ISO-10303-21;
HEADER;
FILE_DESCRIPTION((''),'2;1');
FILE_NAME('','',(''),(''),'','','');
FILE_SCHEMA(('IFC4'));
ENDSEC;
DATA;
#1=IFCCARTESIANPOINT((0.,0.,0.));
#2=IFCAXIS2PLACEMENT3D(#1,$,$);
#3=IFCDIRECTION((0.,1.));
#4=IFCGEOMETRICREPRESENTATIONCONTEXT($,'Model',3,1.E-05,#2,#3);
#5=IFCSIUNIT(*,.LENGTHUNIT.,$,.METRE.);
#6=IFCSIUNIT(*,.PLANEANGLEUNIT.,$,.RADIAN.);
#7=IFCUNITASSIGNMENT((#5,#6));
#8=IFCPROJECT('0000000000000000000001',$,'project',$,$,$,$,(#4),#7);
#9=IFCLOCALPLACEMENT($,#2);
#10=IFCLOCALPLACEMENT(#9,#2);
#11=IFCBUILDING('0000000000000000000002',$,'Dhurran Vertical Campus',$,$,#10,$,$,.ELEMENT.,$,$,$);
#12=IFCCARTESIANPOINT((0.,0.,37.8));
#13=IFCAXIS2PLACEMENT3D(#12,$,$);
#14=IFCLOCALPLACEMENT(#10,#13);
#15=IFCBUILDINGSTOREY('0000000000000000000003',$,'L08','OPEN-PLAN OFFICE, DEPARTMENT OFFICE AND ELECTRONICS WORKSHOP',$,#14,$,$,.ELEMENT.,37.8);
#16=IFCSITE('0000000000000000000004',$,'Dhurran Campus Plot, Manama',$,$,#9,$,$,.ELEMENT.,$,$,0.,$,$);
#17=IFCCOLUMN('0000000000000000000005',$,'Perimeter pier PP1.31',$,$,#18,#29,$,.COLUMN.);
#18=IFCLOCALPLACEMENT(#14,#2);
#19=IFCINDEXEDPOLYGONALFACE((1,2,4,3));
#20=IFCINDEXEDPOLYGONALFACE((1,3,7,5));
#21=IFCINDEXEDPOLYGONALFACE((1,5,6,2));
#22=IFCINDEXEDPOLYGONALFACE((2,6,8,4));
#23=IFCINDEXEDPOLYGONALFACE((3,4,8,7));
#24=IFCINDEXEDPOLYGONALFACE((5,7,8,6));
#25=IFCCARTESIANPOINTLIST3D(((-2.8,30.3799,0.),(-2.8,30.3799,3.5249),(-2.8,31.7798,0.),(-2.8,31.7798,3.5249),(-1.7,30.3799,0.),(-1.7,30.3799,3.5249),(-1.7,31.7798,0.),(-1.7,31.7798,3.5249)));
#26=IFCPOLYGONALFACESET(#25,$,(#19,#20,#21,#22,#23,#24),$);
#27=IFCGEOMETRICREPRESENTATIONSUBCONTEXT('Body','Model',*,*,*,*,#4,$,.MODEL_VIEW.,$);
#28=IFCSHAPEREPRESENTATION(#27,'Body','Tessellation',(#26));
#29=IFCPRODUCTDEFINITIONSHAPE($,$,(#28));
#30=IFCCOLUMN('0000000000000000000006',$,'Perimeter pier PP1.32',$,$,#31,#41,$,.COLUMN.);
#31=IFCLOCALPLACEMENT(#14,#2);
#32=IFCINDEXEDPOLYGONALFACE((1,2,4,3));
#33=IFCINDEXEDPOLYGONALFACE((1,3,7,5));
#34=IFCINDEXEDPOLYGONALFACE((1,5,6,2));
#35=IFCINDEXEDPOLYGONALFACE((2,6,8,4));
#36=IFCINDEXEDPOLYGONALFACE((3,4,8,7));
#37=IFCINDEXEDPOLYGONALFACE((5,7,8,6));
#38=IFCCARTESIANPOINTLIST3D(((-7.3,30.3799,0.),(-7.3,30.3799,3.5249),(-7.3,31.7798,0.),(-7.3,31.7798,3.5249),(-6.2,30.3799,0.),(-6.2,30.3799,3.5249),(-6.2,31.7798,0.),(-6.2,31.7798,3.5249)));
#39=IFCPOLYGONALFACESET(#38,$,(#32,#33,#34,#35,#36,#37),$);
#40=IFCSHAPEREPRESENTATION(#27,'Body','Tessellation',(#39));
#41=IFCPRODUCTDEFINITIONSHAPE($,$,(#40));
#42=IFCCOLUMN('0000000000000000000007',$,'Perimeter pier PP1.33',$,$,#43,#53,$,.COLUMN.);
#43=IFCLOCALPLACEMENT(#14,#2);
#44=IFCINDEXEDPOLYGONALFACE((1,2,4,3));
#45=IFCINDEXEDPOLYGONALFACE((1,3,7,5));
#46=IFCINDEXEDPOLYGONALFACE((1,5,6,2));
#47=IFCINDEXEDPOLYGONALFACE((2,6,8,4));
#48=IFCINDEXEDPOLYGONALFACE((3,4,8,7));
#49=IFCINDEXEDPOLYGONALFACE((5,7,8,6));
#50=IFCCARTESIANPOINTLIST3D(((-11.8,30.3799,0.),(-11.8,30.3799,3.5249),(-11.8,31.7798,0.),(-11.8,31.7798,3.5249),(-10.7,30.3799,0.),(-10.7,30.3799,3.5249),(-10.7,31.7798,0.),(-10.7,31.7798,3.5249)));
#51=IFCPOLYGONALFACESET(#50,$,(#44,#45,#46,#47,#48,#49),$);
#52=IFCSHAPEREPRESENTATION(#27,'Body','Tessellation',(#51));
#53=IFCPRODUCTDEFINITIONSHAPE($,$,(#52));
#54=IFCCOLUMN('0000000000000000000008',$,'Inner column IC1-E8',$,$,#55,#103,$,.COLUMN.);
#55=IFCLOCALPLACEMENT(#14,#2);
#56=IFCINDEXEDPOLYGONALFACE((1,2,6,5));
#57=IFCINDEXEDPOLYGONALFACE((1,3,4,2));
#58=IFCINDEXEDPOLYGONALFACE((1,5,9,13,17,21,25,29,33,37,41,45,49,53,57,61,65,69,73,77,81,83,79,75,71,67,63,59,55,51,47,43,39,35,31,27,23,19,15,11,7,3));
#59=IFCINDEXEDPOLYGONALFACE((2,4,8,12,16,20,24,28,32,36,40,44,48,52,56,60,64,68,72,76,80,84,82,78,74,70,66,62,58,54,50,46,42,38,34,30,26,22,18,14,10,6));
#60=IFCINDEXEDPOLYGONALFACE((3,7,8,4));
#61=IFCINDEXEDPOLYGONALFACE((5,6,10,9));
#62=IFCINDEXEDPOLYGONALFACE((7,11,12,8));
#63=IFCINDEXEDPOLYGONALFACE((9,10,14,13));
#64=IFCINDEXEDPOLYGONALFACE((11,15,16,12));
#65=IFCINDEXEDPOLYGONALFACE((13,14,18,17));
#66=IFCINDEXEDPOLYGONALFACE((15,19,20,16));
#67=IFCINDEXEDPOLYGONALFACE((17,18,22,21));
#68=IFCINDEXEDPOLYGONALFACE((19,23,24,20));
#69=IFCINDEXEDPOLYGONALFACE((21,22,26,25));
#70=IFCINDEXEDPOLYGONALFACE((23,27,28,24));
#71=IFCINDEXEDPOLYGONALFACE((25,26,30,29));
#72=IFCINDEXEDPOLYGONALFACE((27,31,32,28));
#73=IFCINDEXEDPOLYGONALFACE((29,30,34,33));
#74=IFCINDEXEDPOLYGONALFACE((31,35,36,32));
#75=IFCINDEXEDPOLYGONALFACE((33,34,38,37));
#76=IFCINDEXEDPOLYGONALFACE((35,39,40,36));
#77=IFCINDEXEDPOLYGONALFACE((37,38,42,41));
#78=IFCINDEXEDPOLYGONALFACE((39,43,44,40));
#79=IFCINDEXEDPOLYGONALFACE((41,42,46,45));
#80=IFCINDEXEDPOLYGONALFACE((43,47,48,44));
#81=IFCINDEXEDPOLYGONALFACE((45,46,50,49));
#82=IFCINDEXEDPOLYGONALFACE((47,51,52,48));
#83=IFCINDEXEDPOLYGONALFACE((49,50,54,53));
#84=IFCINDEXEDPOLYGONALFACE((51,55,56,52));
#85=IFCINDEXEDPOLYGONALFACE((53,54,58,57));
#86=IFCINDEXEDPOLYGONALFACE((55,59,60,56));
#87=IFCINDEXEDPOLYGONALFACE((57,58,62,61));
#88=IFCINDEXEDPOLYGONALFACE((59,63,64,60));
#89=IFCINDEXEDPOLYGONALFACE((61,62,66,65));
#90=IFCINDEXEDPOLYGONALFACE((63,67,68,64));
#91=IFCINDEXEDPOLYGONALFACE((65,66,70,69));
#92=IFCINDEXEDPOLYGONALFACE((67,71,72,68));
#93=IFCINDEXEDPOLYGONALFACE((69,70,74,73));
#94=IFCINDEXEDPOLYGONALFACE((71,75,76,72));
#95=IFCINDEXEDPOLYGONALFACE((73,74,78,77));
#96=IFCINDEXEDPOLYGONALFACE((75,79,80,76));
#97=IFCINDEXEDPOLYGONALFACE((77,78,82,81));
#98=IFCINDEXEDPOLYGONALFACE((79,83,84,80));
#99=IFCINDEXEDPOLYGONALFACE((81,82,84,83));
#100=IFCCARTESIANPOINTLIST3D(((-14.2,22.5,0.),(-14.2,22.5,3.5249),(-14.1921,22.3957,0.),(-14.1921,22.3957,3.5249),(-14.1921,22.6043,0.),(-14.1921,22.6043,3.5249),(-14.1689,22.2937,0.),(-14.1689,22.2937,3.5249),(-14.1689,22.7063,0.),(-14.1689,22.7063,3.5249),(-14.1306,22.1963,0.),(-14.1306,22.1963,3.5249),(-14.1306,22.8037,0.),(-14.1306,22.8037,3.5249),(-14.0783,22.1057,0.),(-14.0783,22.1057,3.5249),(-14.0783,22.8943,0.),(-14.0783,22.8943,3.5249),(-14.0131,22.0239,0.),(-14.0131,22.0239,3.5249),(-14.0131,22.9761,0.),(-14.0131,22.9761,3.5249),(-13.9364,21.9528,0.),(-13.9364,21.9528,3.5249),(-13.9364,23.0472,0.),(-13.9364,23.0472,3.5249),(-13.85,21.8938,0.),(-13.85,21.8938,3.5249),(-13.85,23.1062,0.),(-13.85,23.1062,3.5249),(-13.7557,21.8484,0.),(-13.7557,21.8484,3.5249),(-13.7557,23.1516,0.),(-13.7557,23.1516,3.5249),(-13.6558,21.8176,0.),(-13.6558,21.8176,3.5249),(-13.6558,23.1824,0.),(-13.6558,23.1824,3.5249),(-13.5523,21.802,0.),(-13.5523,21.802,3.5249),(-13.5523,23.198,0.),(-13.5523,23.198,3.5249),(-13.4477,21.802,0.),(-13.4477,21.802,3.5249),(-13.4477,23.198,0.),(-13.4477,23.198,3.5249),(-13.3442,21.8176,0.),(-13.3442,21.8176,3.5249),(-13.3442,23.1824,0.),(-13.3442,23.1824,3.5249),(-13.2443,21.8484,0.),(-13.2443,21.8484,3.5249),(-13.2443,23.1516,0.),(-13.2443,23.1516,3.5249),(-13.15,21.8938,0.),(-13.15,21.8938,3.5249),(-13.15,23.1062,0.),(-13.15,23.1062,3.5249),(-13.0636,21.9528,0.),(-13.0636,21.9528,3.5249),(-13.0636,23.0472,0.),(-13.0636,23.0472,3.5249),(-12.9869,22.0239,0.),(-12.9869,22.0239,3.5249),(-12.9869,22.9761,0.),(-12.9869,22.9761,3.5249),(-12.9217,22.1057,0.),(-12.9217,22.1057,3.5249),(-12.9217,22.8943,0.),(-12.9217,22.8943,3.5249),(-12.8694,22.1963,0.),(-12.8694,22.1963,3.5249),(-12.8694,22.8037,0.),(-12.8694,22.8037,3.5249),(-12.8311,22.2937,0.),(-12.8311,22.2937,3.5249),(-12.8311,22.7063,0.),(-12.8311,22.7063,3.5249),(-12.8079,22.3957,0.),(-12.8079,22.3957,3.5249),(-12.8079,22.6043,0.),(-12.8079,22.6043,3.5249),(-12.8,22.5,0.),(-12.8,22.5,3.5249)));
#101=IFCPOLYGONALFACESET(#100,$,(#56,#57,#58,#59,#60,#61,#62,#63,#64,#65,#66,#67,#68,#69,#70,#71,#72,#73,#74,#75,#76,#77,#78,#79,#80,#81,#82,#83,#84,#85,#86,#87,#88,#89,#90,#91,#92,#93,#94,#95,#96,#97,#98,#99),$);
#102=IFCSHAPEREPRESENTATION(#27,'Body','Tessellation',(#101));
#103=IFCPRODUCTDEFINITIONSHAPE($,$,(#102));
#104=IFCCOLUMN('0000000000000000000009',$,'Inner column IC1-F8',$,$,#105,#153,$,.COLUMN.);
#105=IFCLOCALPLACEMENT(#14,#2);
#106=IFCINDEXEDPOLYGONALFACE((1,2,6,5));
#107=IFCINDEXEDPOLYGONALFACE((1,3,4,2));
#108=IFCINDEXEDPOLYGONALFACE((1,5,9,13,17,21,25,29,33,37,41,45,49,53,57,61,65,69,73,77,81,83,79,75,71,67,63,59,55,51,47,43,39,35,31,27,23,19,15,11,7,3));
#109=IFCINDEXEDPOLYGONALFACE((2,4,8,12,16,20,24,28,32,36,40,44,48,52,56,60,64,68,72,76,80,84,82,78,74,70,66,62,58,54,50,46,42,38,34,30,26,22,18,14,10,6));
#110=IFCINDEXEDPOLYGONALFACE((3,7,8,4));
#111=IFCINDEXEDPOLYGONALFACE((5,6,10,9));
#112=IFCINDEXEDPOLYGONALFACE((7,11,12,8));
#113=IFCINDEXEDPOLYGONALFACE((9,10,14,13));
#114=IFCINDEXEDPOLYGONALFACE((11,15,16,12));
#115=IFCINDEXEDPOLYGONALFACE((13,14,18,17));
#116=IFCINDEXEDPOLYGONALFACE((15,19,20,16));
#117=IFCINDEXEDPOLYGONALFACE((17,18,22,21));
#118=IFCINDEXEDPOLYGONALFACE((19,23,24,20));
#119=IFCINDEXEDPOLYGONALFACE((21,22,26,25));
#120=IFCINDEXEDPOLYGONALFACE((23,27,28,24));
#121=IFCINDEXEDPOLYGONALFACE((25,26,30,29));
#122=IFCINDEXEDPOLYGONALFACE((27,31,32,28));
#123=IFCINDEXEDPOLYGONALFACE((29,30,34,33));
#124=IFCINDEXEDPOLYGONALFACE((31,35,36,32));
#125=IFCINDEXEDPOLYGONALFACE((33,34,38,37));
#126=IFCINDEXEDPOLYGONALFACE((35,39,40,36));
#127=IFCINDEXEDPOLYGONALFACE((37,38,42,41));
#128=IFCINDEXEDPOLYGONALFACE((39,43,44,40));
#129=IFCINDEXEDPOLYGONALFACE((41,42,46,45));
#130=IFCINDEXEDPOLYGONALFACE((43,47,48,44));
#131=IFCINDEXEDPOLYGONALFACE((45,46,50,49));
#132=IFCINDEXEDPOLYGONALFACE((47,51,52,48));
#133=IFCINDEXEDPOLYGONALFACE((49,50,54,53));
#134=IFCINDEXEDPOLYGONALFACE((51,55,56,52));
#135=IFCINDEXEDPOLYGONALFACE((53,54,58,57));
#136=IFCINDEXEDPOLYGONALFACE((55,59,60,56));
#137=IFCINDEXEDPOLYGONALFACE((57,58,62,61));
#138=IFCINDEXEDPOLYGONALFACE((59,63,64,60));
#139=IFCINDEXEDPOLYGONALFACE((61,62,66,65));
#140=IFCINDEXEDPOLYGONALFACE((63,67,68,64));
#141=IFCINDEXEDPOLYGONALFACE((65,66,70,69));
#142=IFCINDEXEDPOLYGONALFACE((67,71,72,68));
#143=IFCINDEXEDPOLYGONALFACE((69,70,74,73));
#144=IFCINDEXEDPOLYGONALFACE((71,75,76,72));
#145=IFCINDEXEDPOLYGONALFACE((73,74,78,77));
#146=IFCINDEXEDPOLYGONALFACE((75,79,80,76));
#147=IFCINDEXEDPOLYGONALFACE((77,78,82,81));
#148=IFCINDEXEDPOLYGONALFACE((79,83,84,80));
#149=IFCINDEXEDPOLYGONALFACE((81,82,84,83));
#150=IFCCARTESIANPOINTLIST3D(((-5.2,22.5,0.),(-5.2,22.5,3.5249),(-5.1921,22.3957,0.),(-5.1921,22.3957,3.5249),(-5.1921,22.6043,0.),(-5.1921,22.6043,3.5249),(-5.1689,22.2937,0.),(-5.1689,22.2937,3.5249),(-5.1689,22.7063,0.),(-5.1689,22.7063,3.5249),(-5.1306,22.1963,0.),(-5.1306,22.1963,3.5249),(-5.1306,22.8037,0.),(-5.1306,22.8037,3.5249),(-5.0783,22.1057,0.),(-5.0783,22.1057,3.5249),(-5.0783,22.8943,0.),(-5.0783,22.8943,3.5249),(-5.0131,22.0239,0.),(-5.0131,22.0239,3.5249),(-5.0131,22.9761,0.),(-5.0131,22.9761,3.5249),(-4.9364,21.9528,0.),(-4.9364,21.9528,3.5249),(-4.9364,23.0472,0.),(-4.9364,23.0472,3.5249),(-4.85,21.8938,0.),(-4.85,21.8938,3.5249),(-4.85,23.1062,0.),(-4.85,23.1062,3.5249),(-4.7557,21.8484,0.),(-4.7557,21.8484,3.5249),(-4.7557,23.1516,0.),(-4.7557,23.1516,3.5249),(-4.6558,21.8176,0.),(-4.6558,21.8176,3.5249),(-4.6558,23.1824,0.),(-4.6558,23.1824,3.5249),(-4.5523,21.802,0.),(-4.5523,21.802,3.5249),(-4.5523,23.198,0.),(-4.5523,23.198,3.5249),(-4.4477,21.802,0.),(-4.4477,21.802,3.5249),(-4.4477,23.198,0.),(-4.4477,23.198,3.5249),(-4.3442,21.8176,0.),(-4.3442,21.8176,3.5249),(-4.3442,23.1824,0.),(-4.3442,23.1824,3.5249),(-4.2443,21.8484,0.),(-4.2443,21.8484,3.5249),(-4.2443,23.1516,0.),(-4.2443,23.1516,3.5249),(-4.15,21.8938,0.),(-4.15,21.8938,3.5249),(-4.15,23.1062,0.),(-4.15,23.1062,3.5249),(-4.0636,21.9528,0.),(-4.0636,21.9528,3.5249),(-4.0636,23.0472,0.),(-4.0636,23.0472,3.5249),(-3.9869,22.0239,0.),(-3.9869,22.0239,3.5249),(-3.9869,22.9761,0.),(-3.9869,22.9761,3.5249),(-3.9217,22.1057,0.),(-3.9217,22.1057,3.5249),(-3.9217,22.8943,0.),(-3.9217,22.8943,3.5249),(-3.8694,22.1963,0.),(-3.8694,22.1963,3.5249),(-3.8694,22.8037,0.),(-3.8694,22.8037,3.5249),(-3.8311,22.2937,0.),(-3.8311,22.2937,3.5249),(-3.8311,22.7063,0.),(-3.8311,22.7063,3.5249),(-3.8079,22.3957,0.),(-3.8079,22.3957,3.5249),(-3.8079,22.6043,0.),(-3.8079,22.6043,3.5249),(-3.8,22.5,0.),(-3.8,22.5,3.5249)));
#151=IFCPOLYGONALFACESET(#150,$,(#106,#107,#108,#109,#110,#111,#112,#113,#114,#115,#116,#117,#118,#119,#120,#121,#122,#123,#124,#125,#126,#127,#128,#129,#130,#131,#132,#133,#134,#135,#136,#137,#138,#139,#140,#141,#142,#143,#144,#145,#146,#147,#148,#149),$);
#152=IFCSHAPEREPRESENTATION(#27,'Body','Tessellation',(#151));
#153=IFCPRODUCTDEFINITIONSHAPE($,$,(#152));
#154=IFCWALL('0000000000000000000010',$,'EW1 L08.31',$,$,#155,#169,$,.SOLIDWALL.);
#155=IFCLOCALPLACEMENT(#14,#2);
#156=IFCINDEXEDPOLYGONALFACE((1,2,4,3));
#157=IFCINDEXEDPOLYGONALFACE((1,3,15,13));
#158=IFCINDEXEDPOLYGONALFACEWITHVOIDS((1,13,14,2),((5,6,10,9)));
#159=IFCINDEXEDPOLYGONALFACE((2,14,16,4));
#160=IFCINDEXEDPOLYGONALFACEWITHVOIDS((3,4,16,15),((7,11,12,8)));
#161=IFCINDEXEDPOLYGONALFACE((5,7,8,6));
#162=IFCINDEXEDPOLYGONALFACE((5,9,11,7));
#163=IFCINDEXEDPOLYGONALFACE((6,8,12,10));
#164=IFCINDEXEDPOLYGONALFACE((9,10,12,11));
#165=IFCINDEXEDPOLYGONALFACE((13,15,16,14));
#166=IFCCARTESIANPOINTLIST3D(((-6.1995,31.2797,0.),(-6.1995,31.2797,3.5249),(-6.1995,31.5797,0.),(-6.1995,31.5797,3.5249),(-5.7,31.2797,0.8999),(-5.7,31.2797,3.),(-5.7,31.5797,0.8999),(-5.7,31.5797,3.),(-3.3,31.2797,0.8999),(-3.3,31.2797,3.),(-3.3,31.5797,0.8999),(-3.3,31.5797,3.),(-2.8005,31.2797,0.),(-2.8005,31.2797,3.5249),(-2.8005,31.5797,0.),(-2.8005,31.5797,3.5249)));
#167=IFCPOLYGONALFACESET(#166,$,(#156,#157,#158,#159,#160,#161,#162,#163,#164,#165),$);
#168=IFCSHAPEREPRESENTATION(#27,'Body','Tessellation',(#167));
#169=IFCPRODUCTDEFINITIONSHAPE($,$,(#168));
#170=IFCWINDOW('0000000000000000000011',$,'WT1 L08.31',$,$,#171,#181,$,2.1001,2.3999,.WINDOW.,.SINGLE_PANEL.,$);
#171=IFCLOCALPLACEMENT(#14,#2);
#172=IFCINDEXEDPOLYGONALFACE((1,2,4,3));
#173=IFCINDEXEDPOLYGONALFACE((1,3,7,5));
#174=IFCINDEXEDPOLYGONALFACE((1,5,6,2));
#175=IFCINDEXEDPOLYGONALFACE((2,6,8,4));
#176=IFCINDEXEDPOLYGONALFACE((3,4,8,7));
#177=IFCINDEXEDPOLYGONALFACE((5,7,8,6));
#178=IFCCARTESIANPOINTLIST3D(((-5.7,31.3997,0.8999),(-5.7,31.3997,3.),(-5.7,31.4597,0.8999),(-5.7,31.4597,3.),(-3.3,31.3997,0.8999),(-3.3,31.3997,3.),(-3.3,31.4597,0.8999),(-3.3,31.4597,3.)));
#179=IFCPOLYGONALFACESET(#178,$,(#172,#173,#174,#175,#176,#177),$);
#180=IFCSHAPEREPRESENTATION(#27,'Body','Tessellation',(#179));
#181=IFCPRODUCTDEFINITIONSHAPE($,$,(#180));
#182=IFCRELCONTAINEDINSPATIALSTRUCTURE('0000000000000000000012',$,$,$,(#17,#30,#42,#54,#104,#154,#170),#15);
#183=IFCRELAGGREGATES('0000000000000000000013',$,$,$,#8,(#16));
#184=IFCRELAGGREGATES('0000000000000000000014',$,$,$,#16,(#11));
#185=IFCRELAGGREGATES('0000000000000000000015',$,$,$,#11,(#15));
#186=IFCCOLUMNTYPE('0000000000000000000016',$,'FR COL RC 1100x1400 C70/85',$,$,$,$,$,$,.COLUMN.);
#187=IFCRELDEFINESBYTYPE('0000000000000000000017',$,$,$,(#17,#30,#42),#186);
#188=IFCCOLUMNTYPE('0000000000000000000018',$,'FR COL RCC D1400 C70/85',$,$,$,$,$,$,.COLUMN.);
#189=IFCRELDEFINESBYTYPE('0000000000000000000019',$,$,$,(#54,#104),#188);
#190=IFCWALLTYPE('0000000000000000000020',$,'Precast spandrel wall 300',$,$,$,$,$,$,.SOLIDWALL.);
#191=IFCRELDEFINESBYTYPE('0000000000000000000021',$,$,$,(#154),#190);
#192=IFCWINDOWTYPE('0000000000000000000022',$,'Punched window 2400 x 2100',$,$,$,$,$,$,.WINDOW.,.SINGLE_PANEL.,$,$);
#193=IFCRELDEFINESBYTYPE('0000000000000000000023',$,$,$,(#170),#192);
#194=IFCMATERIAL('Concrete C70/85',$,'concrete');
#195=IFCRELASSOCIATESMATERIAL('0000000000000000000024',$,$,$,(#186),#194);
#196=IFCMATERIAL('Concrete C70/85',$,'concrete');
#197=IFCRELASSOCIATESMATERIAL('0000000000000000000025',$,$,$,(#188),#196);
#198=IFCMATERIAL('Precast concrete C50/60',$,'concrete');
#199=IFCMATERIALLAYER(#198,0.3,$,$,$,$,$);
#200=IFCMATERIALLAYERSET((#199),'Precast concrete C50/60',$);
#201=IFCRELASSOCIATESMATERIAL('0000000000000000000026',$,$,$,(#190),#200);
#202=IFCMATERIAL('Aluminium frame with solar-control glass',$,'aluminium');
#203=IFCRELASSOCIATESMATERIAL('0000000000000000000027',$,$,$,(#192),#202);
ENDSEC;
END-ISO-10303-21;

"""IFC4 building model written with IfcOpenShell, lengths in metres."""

from ifc_helpers import new_model, si_unit, direction, frame, frame_2d, origin, origin_2d, place, context, subcontext, project, spatial, rectangle, circle, extrude, material, layer, layer_set, material_profile, profile_set, type_object, element, fill, save


model = new_model("IFC4")

# Units and contexts
model_context = context("Model", 3, precision=1e-05, world=origin(), true_north=direction((0.0, 1.0)))
body_context = subcontext(model_context, "Body", "Model", "MODEL_VIEW")
ifc_project = project(units=[si_unit("LENGTHUNIT", "METRE"), si_unit("PLANEANGLEUNIT", "RADIAN")], contexts=[model_context])

# Site, building, storey
site_placement = place(None, origin())
site = spatial("IfcSite", under=ifc_project, at=site_placement, Name="Dhurran Campus Plot, Manama", CompositionType="ELEMENT", RefElevation=0.0)
building_placement = place(site_placement, origin())
building = spatial("IfcBuilding", under=site, at=building_placement, Name="Dhurran Vertical Campus", CompositionType="ELEMENT")
storey_placement = place(building_placement, frame((0.0, 0.0, 37.8)))
storey = spatial("IfcBuildingStorey", under=building, at=storey_placement, Name="L08", Description="OPEN-PLAN OFFICE, DEPARTMENT OFFICE AND ELECTRONICS WORKSHOP", CompositionType="ELEMENT", Elevation=37.8)

# Columns
ifc_material_1 = material(Name="Concrete C70/85", Category="concrete")
ifc_material_profile_1 = material_profile(ifc_material_1, rectangle(XDim=1.1001, YDim=1.3999, at=origin_2d()), Name="RC 1100x1400")
ifc_profile_set_1 = profile_set([ifc_material_profile_1], Name="Concrete C70/85")
column_type_1 = type_object("IfcColumnType", Name="FR COL RC 1100x1400 C70/85", PredefinedType="COLUMN", material=ifc_profile_set_1)
for number, where, z_axis, x_axis, name in (
    (1, (-2.25, 31.0798, 0.0), (0.0, 0.0, 1.0), (-1.0, 0.0, 0.0), "Perimeter pier PP1.31"),
    (2, (-6.75, 31.0798, 0.0), (0.0, 0.0, 1.0), (-1.0, 0.0, 0.0), "Perimeter pier PP1.32"),
    (3, (-11.25, 31.0798, 0.0), (0.0, 0.0, 1.0), (-1.0, 0.0, 0.0), "Perimeter pier PP1.33"),
):
    element("IfcColumn", number, at=place(storey_placement, frame(where, z_axis=z_axis, x_axis=x_axis)), inside=storey, type_object=column_type_1, Name=name, PredefinedType="COLUMN", context=body_context, shape_type="SweptSolid", body=[
        extrude(rectangle(XDim=1.1001, YDim=1.3999, at=origin_2d()), origin(), (0.0, 0.0, 1.0), 3.5249),
    ])
ifc_material_2 = material(Name="Concrete C70/85", Category="concrete")
ifc_material_profile_2 = material_profile(ifc_material_2, circle(Radius=0.7, at=origin_2d()), Name="RCC D1400")
ifc_profile_set_2 = profile_set([ifc_material_profile_2], Name="Concrete C70/85")
column_type_2 = type_object("IfcColumnType", Name="FR COL RCC D1400 C70/85", PredefinedType="COLUMN", material=ifc_profile_set_2)
for number, where, z_axis, x_axis, name in (
    (4, (-13.5, 22.5, 0.0), (0.0, 0.0, 1.0), (1.0, 0.0, 0.0), "Inner column IC1-E8"),
    (5, (-4.5, 22.5, 0.0), (0.0, 0.0, 1.0), (1.0, 0.0, 0.0), "Inner column IC1-F8"),
):
    element("IfcColumn", number, at=place(storey_placement, frame(where, z_axis=z_axis, x_axis=x_axis)), inside=storey, type_object=column_type_2, Name=name, PredefinedType="COLUMN", context=body_context, shape_type="SweptSolid", body=[
        extrude(circle(Radius=0.7, at=origin_2d()), origin(), (0.0, 0.0, 1.0), 3.5249),
    ])

# Wall, opening, window
ifc_material_3 = material(Name="Precast concrete C50/60", Category="concrete")
ifc_layer_1 = layer(ifc_material_3, 0.3)
ifc_layer_set_1 = layer_set([ifc_layer_1], Name="Precast concrete C50/60")
wall_type_1 = type_object("IfcWallType", Name="Precast spandrel wall 300", PredefinedType="SOLIDWALL", material=ifc_layer_set_1)
wall_1_placement = place(storey_placement, frame((-2.8005, 31.4297, 0.0), z_axis=(0.0, 0.0, 1.0), x_axis=(-1.0, 0.0, 0.0)))
wall_1 = element("IfcWall", 6, at=wall_1_placement, inside=storey, type_object=wall_type_1, Name="EW1 L08.31", PredefinedType="SOLIDWALL", context=body_context, shape_type="SweptSolid", body=[
    extrude(rectangle(XDim=3.3989, YDim=0.3, at=frame_2d((1.6995, 0.0))), origin(), (0.0, 0.0, 1.0), 3.5249),
])
opening_1_placement = place(wall_1_placement, frame((0.4995, 0.0, 0.8999)))
opening_1 = element("IfcOpeningElement", 7, at=opening_1_placement, cuts=wall_1, PredefinedType="OPENING", context=body_context, shape_type="SweptSolid", body=[
    extrude(rectangle(XDim=2.3999, YDim=2.1001, at=frame_2d((1.2, 1.05))), frame((0.0, 0.1599, 0.0), z_axis=(0.0, -1.0, 0.0), x_axis=(1.0, 0.0, 0.0)), (0.0, 0.0, 1.0), 0.3201),
])
ifc_material_4 = material(Name="Aluminium frame with solar-control glass", Category="aluminium")
window_type = type_object("IfcWindowType", Name="Punched window 2400 x 2100", PartitioningType="SINGLE_PANEL", PredefinedType="WINDOW", material=ifc_material_4)
window_1_placement = place(opening_1_placement, origin())
window_1 = element("IfcWindow", 8, at=window_1_placement, inside=storey, type_object=window_type, Name="WT1 L08.31", OverallHeight=2.1001, OverallWidth=2.3999, PartitioningType="SINGLE_PANEL", PredefinedType="WINDOW", context=body_context, shape_type="SweptSolid", body=[
    extrude(rectangle(XDim=2.3999, YDim=2.1001, at=frame_2d((1.2, 1.05))), frame((0.0, 0.03, 0.0), z_axis=(0.0, -1.0, 0.0), x_axis=(1.0, 0.0, 0.0)), (0.0, 0.0, 1.0), 0.0601),
])
fill(opening_1, window_1)

save(model, "model.ifc")
